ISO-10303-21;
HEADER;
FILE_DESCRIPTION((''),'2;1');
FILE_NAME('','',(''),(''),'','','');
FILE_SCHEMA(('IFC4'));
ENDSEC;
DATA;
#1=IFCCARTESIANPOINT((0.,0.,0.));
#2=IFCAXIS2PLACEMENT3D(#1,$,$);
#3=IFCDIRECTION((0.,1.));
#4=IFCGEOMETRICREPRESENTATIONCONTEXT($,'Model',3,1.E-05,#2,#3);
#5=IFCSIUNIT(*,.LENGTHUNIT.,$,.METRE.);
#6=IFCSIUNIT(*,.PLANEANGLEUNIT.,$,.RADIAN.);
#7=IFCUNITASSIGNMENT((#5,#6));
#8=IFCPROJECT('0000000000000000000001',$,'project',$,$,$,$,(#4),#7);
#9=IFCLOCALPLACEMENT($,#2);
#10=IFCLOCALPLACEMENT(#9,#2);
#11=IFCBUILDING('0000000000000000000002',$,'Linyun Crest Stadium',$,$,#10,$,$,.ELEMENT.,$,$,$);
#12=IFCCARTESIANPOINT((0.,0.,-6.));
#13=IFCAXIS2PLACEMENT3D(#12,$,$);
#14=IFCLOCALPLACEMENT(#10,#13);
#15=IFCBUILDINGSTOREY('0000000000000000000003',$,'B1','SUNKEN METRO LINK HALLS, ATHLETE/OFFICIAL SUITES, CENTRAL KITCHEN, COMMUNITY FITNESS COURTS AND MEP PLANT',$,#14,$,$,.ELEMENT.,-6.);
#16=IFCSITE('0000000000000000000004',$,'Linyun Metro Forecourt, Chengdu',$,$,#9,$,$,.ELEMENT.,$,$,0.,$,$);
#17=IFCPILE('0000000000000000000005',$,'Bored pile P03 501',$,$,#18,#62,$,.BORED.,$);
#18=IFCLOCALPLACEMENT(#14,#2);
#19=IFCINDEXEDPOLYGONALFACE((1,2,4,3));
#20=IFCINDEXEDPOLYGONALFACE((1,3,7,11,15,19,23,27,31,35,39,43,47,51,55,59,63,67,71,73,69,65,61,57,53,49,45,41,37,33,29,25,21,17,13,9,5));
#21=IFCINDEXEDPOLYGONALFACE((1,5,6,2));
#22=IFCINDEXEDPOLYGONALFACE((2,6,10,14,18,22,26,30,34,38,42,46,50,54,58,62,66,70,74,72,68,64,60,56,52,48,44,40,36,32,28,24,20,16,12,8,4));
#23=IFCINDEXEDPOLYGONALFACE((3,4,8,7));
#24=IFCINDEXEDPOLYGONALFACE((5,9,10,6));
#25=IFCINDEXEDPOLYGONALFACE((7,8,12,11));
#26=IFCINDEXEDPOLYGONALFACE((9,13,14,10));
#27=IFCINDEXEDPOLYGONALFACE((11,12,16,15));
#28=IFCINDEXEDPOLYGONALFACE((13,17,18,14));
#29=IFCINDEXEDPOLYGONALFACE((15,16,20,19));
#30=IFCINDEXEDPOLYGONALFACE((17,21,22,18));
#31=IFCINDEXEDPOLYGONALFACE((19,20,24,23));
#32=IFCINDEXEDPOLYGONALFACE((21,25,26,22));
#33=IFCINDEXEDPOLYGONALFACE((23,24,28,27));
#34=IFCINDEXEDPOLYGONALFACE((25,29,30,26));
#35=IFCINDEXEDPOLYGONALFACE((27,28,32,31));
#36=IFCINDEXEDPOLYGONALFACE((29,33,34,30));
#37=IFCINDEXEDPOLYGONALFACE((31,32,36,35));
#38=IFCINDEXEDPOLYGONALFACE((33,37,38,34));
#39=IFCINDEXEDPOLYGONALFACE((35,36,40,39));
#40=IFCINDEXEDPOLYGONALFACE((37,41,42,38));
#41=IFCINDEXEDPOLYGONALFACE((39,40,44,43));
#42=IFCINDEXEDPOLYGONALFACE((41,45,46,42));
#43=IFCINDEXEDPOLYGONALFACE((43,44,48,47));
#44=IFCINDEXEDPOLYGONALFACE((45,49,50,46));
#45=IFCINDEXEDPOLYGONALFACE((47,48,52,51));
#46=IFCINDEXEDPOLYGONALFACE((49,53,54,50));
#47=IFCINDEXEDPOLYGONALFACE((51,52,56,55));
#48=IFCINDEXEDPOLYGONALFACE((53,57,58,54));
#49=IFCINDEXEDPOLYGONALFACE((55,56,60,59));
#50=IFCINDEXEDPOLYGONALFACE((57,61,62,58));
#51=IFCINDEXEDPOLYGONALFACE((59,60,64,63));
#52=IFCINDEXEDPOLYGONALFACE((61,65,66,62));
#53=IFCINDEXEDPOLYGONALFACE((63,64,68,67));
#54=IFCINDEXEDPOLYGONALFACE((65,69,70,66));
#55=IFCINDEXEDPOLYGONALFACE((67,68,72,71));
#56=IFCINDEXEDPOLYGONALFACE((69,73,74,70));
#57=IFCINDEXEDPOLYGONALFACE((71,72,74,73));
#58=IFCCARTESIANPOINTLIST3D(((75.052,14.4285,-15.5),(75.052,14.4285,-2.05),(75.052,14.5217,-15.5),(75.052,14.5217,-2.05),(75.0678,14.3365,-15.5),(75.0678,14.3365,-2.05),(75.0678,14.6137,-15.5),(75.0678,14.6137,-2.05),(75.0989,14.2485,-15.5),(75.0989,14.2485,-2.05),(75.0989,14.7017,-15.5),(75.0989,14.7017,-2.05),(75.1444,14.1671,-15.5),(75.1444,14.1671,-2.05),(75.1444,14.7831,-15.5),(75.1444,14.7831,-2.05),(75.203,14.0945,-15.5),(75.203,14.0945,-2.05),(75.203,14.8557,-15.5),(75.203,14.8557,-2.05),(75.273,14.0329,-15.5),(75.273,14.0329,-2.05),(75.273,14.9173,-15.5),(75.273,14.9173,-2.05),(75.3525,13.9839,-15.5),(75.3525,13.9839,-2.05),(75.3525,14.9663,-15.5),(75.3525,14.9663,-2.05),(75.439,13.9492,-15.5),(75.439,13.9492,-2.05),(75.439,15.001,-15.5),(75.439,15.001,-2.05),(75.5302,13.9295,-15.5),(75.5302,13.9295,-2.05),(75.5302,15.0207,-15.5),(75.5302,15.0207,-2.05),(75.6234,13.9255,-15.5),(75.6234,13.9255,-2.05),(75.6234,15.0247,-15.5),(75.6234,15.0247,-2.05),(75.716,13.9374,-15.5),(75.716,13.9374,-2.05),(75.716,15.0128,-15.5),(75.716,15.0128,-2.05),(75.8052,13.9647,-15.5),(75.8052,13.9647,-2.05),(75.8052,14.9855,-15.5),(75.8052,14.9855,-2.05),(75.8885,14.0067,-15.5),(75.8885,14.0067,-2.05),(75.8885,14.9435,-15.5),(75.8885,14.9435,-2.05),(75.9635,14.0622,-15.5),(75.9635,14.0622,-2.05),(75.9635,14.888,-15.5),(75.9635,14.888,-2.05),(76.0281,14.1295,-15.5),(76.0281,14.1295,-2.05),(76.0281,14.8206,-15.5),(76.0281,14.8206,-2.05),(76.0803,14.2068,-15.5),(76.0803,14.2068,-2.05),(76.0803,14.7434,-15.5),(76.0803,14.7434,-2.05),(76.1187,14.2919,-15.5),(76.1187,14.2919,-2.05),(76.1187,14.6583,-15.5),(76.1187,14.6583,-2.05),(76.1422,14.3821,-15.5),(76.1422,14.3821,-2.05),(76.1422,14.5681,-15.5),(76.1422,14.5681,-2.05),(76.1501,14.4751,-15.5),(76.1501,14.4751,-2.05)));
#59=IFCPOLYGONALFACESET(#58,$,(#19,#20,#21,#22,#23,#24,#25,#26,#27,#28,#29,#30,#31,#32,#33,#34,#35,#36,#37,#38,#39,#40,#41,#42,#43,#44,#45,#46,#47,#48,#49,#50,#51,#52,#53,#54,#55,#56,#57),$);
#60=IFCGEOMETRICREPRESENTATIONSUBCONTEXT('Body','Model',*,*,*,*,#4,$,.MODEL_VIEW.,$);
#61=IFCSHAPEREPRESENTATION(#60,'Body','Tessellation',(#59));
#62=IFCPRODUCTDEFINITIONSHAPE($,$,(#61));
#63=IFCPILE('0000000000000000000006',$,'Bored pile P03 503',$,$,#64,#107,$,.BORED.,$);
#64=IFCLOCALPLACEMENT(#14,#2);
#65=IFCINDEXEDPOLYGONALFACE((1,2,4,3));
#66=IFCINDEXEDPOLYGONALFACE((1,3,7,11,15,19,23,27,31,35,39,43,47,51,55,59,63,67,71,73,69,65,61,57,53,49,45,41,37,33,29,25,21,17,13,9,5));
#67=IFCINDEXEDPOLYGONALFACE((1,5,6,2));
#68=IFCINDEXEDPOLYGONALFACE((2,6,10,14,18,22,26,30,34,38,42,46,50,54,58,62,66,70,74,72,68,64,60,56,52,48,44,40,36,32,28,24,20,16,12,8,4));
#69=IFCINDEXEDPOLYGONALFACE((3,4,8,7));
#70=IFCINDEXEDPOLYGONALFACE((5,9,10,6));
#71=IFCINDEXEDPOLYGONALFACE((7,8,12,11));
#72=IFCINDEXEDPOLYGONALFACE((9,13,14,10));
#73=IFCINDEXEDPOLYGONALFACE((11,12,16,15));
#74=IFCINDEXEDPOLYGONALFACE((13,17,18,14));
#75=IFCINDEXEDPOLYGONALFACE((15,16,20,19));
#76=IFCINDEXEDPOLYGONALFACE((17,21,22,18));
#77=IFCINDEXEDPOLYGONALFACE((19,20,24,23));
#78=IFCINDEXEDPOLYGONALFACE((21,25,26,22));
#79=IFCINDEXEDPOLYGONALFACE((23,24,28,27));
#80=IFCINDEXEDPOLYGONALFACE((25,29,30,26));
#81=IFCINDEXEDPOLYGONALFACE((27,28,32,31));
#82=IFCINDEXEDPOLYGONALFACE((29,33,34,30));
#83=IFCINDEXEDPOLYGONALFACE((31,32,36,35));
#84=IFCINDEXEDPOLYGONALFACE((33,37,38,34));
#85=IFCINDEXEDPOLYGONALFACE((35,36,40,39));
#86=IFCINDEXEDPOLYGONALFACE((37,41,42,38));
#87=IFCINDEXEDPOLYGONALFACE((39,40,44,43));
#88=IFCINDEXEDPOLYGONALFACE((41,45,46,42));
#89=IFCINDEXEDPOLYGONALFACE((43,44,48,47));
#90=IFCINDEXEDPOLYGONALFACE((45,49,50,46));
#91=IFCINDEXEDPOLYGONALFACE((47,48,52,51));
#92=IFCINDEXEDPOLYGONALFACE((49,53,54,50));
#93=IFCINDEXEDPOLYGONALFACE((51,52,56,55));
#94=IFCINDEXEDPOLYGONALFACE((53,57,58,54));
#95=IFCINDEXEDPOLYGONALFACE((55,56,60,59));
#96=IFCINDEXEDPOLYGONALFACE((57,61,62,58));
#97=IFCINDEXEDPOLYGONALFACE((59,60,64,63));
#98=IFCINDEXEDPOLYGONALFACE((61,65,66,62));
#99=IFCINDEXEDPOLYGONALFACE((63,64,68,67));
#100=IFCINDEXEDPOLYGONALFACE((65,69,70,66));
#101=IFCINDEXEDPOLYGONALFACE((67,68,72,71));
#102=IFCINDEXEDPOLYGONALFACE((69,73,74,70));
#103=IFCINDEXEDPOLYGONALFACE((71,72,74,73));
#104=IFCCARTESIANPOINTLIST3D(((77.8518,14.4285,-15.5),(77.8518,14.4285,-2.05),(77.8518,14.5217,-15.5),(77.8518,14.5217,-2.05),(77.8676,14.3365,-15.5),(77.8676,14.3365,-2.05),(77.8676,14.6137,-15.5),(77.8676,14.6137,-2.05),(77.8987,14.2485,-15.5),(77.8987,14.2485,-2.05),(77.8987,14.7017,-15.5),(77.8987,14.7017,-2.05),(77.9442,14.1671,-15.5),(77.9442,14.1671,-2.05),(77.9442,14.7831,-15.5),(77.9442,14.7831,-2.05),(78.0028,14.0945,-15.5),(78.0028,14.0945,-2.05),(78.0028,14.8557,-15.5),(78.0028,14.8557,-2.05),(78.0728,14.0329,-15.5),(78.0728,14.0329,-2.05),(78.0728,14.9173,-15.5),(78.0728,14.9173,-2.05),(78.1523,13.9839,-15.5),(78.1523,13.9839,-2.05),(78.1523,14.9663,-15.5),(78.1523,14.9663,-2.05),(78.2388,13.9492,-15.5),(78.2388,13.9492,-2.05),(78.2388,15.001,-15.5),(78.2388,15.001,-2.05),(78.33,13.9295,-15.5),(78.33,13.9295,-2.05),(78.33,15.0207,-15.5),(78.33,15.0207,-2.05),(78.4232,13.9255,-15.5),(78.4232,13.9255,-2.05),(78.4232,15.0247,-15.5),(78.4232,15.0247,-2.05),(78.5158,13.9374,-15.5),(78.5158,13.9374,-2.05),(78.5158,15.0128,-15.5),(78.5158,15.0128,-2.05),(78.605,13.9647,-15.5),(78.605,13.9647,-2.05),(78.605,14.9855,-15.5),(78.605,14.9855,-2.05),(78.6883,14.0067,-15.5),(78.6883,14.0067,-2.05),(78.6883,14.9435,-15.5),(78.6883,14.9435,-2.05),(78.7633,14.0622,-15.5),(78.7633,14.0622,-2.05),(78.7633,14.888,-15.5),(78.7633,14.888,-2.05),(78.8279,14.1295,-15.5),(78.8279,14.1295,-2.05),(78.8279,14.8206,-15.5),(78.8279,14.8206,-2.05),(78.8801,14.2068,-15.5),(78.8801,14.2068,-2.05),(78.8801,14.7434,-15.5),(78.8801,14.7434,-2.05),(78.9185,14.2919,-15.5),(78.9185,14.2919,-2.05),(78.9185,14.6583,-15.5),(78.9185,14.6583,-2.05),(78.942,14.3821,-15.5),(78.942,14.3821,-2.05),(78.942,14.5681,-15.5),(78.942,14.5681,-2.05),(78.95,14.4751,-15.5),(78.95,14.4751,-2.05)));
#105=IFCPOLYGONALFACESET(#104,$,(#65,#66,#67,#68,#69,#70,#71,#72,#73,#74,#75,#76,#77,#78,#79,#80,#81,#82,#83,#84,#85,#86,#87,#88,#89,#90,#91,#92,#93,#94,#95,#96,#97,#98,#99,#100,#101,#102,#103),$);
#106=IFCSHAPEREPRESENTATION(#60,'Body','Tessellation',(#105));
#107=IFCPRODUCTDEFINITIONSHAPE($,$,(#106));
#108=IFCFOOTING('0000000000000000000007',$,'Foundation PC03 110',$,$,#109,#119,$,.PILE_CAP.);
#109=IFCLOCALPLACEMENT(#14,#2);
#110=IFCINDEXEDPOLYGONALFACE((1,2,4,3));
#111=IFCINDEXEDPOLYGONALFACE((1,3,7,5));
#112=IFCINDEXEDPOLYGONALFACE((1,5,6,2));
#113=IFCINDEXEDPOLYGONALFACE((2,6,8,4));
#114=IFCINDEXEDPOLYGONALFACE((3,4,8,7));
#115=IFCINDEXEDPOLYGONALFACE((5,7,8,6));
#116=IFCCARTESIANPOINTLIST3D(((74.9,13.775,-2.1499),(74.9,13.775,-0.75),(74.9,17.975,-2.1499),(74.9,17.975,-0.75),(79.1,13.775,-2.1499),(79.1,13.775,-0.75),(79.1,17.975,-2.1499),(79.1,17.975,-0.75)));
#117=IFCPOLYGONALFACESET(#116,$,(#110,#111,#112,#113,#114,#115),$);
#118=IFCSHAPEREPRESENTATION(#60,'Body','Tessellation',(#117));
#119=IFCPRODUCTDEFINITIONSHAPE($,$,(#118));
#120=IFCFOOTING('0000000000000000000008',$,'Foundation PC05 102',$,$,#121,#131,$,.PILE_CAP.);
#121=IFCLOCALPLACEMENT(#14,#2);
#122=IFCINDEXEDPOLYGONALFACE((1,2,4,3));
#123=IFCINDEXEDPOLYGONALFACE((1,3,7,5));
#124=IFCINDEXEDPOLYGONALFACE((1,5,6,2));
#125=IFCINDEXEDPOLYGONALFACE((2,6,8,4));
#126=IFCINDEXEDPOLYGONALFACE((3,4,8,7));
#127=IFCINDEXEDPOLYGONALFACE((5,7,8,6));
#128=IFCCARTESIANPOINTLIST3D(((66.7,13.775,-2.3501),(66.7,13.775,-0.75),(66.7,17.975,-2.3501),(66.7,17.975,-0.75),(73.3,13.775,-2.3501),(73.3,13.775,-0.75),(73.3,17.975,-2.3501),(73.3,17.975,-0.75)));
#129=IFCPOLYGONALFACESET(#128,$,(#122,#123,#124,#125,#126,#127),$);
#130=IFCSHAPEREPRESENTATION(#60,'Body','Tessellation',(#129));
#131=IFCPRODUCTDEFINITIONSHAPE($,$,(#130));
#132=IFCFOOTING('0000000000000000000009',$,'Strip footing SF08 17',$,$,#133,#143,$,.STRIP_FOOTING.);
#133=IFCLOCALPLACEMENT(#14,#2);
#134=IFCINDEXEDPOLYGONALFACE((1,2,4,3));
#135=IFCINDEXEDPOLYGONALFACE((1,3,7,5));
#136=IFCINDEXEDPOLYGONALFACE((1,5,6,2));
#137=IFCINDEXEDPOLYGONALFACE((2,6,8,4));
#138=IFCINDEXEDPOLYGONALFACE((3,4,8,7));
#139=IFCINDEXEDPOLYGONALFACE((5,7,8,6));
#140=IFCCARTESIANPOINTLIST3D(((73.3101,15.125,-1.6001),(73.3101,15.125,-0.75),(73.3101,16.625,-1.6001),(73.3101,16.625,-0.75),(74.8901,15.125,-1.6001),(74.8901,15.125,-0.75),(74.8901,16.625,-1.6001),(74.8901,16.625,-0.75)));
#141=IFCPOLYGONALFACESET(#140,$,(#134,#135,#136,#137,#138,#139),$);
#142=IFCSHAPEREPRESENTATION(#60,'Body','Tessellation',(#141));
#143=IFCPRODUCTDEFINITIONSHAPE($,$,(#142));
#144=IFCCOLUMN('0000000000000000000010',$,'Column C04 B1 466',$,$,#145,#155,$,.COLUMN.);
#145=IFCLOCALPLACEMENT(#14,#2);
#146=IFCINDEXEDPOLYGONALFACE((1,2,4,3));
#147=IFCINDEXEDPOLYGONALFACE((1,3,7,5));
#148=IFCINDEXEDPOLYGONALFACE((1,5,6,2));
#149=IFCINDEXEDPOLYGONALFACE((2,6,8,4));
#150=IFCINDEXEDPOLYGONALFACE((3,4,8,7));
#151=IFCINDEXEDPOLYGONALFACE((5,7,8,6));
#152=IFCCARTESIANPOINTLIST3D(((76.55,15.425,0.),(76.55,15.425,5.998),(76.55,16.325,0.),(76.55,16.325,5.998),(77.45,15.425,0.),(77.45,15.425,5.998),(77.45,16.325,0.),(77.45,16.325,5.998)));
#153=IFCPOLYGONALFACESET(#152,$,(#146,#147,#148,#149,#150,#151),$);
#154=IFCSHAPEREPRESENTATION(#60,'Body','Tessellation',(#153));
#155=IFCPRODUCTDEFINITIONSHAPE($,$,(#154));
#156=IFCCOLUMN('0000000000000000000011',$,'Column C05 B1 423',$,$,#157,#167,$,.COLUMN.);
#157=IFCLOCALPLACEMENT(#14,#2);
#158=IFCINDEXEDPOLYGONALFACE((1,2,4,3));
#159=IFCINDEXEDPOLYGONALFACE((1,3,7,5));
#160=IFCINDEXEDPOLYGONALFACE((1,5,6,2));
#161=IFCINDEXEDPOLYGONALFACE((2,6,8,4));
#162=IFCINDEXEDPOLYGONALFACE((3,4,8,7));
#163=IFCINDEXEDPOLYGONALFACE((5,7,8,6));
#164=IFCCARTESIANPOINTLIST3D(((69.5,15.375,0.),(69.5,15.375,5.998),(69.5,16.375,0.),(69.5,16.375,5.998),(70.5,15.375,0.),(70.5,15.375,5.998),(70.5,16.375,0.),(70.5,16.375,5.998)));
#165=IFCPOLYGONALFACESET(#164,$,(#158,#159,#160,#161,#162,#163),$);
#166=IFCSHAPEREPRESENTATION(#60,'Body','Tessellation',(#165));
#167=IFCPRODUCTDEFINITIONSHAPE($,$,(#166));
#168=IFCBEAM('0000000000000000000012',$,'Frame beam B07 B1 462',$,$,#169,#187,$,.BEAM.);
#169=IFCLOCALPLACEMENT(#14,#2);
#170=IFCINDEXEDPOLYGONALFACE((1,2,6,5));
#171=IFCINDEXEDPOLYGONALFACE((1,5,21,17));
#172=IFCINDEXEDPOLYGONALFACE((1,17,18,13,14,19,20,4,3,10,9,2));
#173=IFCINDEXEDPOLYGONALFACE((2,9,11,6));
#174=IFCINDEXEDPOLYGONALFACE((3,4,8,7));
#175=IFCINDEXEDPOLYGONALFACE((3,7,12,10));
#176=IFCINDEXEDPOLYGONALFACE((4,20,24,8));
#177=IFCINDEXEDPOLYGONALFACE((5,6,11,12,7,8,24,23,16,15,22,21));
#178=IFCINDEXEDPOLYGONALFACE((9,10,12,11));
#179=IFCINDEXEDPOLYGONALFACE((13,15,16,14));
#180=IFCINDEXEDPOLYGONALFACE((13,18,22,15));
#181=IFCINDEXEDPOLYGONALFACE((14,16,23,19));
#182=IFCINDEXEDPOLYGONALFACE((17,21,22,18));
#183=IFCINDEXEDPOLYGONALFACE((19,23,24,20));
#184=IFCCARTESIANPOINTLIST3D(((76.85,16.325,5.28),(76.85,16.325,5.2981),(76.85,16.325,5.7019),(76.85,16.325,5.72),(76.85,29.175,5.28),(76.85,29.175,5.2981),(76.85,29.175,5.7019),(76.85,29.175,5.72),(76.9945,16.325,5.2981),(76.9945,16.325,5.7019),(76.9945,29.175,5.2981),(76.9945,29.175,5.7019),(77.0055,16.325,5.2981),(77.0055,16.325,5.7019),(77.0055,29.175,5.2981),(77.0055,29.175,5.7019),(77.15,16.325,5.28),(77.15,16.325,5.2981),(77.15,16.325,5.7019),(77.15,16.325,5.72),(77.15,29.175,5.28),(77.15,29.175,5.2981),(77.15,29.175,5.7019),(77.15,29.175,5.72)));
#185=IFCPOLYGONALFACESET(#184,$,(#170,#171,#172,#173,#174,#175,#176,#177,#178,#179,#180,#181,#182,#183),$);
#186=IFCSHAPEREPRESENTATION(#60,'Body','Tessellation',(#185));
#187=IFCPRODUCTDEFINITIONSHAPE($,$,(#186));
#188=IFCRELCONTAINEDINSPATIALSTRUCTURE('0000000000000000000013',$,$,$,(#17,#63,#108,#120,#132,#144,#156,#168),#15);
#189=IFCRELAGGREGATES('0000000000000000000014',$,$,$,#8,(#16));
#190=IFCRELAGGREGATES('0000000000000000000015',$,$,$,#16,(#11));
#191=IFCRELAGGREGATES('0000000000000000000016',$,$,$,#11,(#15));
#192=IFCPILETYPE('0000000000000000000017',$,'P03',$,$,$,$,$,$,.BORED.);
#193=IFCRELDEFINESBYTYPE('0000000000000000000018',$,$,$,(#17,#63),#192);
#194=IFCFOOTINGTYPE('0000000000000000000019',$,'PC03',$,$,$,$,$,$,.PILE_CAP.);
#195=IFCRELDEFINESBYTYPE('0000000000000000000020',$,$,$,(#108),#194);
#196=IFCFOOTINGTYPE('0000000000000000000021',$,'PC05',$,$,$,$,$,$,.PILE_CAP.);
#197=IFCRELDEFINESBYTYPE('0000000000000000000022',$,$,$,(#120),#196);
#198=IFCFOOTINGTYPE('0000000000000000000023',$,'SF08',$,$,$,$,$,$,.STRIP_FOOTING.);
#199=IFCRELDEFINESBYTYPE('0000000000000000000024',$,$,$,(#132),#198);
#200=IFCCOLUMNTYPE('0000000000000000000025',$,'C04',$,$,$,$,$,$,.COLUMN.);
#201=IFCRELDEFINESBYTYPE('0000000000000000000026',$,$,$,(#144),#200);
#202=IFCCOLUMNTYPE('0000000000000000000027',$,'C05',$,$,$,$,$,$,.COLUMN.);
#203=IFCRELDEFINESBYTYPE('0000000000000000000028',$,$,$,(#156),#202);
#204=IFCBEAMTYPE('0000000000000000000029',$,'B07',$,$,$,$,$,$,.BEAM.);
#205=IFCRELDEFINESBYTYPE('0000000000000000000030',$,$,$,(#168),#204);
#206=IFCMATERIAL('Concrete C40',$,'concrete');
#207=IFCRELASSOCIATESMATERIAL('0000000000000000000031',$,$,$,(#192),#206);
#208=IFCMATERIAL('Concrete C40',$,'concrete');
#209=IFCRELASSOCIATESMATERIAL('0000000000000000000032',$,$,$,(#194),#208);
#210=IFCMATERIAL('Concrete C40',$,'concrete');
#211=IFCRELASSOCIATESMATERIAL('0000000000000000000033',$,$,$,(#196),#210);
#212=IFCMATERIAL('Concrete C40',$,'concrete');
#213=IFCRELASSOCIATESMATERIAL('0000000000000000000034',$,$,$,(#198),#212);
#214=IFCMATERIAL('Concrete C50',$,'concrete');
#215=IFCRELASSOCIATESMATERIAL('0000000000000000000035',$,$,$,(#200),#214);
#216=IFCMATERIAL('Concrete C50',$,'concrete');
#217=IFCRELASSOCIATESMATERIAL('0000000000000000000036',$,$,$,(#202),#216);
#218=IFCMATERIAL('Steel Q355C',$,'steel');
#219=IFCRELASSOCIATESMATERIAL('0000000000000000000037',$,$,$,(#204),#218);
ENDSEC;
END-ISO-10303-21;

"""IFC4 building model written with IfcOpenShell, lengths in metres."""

from ifc_helpers import new_model, si_unit, direction, frame, origin, origin_2d, place, context, subcontext, project, spatial, rectangle, circle, i_section, extrude, material, material_profile, profile_set, type_object, element, save


model = new_model("IFC4")

# Units and contexts
model_context = context("Model", 3, precision=1e-05, world=origin(), true_north=direction((0.0, 1.0)))
body_context = subcontext(model_context, "Body", "Model", "MODEL_VIEW")
ifc_project = project(units=[si_unit("LENGTHUNIT", "METRE"), si_unit("PLANEANGLEUNIT", "RADIAN")], contexts=[model_context])

# Site, building, storey
site_placement = place(None, origin())
site = spatial("IfcSite", under=ifc_project, at=site_placement, Name="Linyun Metro Forecourt, Chengdu", CompositionType="ELEMENT", RefElevation=0.0)
building_placement = place(site_placement, origin())
building = spatial("IfcBuilding", under=site, at=building_placement, Name="Linyun Crest Stadium", CompositionType="ELEMENT")
storey_placement = place(building_placement, frame((0.0, 0.0, -6.0)))
storey = spatial("IfcBuildingStorey", under=building, at=storey_placement, Name="B1", Description="SUNKEN METRO LINK HALLS, ATHLETE/OFFICIAL SUITES, CENTRAL KITCHEN, COMMUNITY FITNESS COURTS AND MEP PLANT", CompositionType="ELEMENT", Elevation=-6.0)

# Piles
ifc_material_1 = material(Name="Concrete C40", Category="concrete")
ifc_material_profile_1 = material_profile(ifc_material_1, circle(Radius=0.55, at=origin_2d()), Name="BORED PILE 1100")
ifc_profile_set_1 = profile_set([ifc_material_profile_1], Name="Concrete C40")
pile_type = type_object("IfcPileType", Name="P03", PredefinedType="BORED", material=ifc_profile_set_1)
for number, where, z_axis, x_axis, name in (
    (1, (75.6001, 14.4751, -2.05), (0.0, 0.0, -1.0), (1.0, 0.0, 0.0), "Bored pile P03 501"),
    (2, (78.3999, 14.4751, -2.05), (0.0, 0.0, -1.0), (1.0, 0.0, 0.0), "Bored pile P03 503"),
):
    element("IfcPile", number, at=place(storey_placement, frame(where, z_axis=z_axis, x_axis=x_axis)), inside=storey, type_object=pile_type, Name=name, PredefinedType="BORED", context=body_context, shape_type="SweptSolid", body=[
        extrude(circle(Radius=0.55, at=origin_2d()), origin(), (0.0, 0.0, 1.0), 13.45),
    ])

# Footings
ifc_material_2 = material(Name="Concrete C40", Category="concrete")
footing_type_1 = type_object("IfcFootingType", Name="PC03", PredefinedType="PILE_CAP", material=ifc_material_2)
footing_1_placement = place(storey_placement, frame((77.0, 15.875, -2.1499), z_axis=(0.0, 0.0, 1.0), x_axis=(1.0, 0.0, 0.0)))
element("IfcFooting", 3, at=footing_1_placement, inside=storey, type_object=footing_type_1, Name="Foundation PC03 110", PredefinedType="PILE_CAP", context=body_context, shape_type="SweptSolid", body=[
    extrude(rectangle(XDim=4.2, YDim=4.2, at=origin_2d()), origin(), (0.0, 0.0, 1.0), 1.3999),
])
ifc_material_3 = material(Name="Concrete C40", Category="concrete")
footing_type_2 = type_object("IfcFootingType", Name="PC05", PredefinedType="PILE_CAP", material=ifc_material_3)
footing_2_placement = place(storey_placement, frame((70.0, 15.875, -2.3501), z_axis=(0.0, 0.0, 1.0), x_axis=(1.0, 0.0, 0.0)))
element("IfcFooting", 4, at=footing_2_placement, inside=storey, type_object=footing_type_2, Name="Foundation PC05 102", PredefinedType="PILE_CAP", context=body_context, shape_type="SweptSolid", body=[
    extrude(rectangle(XDim=6.6001, YDim=4.2, at=origin_2d()), origin(), (0.0, 0.0, 1.0), 1.6001),
])
ifc_material_4 = material(Name="Concrete C40", Category="concrete")
footing_type_3 = type_object("IfcFootingType", Name="SF08", PredefinedType="STRIP_FOOTING", material=ifc_material_4)
footing_3_placement = place(storey_placement, frame((74.1001, 15.875, -1.6001), z_axis=(0.0, 0.0, 1.0), x_axis=(1.0, 0.0, 0.0)))
element("IfcFooting", 5, at=footing_3_placement, inside=storey, type_object=footing_type_3, Name="Strip footing SF08 17", PredefinedType="STRIP_FOOTING", context=body_context, shape_type="SweptSolid", body=[
    extrude(rectangle(XDim=1.5801, YDim=1.5, at=origin_2d()), origin(), (0.0, 0.0, 1.0), 0.8501),
])

# Columns
ifc_material_5 = material(Name="Concrete C50", Category="concrete")
ifc_material_profile_2 = material_profile(ifc_material_5, rectangle(XDim=0.8999, YDim=0.8999, at=origin_2d()), Name="RC 900x900")
ifc_profile_set_2 = profile_set([ifc_material_profile_2], Name="Concrete C50")
column_type_1 = type_object("IfcColumnType", Name="C04", PredefinedType="COLUMN", material=ifc_profile_set_2)
column_1_placement = place(storey_placement, frame((77.0, 15.875, 0.0), z_axis=(0.0, 0.0, 1.0), x_axis=(1.0, 0.0, 0.0)))
element("IfcColumn", 6, at=column_1_placement, inside=storey, type_object=column_type_1, Name="Column C04 B1 466", PredefinedType="COLUMN", context=body_context, shape_type="SweptSolid", body=[
    extrude(rectangle(XDim=0.8999, YDim=0.8999, at=origin_2d()), origin(), (0.0, 0.0, 1.0), 5.998),
])
ifc_material_6 = material(Name="Concrete C50", Category="concrete")
ifc_material_profile_3 = material_profile(ifc_material_6, rectangle(XDim=1.0, YDim=1.0, at=origin_2d()), Name="RC 1000x1000")
ifc_profile_set_3 = profile_set([ifc_material_profile_3], Name="Concrete C50")
column_type_2 = type_object("IfcColumnType", Name="C05", PredefinedType="COLUMN", material=ifc_profile_set_3)
column_2_placement = place(storey_placement, frame((70.0, 15.875, 0.0), z_axis=(0.0, 0.0, 1.0), x_axis=(1.0, 0.0, 0.0)))
element("IfcColumn", 7, at=column_2_placement, inside=storey, type_object=column_type_2, Name="Column C05 B1 423", PredefinedType="COLUMN", context=body_context, shape_type="SweptSolid", body=[
    extrude(rectangle(XDim=1.0, YDim=1.0, at=origin_2d()), origin(), (0.0, 0.0, 1.0), 5.998),
])

# Beam
ifc_material_7 = material(Name="Steel Q355C", Category="steel")
ifc_material_profile_4 = material_profile(ifc_material_7, i_section(OverallWidth=0.3, OverallDepth=0.4399, WebThickness=0.011, FlangeThickness=0.0181, at=origin_2d()), Name="HM 440x300")
ifc_profile_set_4 = profile_set([ifc_material_profile_4], Name="Steel Q355C")
beam_type_1 = type_object("IfcBeamType", Name="B07", PredefinedType="BEAM", material=ifc_profile_set_4)
beam_1_placement = place(storey_placement, frame((77.0, 16.325, 5.5), z_axis=(0.0, 1.0, 0.0), x_axis=(-1.0, 0.0, 0.0)))
element("IfcBeam", 8, at=beam_1_placement, inside=storey, type_object=beam_type_1, Name="Frame beam B07 B1 462", PredefinedType="BEAM", context=body_context, shape_type="SweptSolid", body=[
    extrude(i_section(OverallWidth=0.3, OverallDepth=0.4399, WebThickness=0.011, FlangeThickness=0.0181, at=origin_2d()), origin(), (0.0, 0.0, 1.0), 12.8501),
])

save(model, "model.ifc")
